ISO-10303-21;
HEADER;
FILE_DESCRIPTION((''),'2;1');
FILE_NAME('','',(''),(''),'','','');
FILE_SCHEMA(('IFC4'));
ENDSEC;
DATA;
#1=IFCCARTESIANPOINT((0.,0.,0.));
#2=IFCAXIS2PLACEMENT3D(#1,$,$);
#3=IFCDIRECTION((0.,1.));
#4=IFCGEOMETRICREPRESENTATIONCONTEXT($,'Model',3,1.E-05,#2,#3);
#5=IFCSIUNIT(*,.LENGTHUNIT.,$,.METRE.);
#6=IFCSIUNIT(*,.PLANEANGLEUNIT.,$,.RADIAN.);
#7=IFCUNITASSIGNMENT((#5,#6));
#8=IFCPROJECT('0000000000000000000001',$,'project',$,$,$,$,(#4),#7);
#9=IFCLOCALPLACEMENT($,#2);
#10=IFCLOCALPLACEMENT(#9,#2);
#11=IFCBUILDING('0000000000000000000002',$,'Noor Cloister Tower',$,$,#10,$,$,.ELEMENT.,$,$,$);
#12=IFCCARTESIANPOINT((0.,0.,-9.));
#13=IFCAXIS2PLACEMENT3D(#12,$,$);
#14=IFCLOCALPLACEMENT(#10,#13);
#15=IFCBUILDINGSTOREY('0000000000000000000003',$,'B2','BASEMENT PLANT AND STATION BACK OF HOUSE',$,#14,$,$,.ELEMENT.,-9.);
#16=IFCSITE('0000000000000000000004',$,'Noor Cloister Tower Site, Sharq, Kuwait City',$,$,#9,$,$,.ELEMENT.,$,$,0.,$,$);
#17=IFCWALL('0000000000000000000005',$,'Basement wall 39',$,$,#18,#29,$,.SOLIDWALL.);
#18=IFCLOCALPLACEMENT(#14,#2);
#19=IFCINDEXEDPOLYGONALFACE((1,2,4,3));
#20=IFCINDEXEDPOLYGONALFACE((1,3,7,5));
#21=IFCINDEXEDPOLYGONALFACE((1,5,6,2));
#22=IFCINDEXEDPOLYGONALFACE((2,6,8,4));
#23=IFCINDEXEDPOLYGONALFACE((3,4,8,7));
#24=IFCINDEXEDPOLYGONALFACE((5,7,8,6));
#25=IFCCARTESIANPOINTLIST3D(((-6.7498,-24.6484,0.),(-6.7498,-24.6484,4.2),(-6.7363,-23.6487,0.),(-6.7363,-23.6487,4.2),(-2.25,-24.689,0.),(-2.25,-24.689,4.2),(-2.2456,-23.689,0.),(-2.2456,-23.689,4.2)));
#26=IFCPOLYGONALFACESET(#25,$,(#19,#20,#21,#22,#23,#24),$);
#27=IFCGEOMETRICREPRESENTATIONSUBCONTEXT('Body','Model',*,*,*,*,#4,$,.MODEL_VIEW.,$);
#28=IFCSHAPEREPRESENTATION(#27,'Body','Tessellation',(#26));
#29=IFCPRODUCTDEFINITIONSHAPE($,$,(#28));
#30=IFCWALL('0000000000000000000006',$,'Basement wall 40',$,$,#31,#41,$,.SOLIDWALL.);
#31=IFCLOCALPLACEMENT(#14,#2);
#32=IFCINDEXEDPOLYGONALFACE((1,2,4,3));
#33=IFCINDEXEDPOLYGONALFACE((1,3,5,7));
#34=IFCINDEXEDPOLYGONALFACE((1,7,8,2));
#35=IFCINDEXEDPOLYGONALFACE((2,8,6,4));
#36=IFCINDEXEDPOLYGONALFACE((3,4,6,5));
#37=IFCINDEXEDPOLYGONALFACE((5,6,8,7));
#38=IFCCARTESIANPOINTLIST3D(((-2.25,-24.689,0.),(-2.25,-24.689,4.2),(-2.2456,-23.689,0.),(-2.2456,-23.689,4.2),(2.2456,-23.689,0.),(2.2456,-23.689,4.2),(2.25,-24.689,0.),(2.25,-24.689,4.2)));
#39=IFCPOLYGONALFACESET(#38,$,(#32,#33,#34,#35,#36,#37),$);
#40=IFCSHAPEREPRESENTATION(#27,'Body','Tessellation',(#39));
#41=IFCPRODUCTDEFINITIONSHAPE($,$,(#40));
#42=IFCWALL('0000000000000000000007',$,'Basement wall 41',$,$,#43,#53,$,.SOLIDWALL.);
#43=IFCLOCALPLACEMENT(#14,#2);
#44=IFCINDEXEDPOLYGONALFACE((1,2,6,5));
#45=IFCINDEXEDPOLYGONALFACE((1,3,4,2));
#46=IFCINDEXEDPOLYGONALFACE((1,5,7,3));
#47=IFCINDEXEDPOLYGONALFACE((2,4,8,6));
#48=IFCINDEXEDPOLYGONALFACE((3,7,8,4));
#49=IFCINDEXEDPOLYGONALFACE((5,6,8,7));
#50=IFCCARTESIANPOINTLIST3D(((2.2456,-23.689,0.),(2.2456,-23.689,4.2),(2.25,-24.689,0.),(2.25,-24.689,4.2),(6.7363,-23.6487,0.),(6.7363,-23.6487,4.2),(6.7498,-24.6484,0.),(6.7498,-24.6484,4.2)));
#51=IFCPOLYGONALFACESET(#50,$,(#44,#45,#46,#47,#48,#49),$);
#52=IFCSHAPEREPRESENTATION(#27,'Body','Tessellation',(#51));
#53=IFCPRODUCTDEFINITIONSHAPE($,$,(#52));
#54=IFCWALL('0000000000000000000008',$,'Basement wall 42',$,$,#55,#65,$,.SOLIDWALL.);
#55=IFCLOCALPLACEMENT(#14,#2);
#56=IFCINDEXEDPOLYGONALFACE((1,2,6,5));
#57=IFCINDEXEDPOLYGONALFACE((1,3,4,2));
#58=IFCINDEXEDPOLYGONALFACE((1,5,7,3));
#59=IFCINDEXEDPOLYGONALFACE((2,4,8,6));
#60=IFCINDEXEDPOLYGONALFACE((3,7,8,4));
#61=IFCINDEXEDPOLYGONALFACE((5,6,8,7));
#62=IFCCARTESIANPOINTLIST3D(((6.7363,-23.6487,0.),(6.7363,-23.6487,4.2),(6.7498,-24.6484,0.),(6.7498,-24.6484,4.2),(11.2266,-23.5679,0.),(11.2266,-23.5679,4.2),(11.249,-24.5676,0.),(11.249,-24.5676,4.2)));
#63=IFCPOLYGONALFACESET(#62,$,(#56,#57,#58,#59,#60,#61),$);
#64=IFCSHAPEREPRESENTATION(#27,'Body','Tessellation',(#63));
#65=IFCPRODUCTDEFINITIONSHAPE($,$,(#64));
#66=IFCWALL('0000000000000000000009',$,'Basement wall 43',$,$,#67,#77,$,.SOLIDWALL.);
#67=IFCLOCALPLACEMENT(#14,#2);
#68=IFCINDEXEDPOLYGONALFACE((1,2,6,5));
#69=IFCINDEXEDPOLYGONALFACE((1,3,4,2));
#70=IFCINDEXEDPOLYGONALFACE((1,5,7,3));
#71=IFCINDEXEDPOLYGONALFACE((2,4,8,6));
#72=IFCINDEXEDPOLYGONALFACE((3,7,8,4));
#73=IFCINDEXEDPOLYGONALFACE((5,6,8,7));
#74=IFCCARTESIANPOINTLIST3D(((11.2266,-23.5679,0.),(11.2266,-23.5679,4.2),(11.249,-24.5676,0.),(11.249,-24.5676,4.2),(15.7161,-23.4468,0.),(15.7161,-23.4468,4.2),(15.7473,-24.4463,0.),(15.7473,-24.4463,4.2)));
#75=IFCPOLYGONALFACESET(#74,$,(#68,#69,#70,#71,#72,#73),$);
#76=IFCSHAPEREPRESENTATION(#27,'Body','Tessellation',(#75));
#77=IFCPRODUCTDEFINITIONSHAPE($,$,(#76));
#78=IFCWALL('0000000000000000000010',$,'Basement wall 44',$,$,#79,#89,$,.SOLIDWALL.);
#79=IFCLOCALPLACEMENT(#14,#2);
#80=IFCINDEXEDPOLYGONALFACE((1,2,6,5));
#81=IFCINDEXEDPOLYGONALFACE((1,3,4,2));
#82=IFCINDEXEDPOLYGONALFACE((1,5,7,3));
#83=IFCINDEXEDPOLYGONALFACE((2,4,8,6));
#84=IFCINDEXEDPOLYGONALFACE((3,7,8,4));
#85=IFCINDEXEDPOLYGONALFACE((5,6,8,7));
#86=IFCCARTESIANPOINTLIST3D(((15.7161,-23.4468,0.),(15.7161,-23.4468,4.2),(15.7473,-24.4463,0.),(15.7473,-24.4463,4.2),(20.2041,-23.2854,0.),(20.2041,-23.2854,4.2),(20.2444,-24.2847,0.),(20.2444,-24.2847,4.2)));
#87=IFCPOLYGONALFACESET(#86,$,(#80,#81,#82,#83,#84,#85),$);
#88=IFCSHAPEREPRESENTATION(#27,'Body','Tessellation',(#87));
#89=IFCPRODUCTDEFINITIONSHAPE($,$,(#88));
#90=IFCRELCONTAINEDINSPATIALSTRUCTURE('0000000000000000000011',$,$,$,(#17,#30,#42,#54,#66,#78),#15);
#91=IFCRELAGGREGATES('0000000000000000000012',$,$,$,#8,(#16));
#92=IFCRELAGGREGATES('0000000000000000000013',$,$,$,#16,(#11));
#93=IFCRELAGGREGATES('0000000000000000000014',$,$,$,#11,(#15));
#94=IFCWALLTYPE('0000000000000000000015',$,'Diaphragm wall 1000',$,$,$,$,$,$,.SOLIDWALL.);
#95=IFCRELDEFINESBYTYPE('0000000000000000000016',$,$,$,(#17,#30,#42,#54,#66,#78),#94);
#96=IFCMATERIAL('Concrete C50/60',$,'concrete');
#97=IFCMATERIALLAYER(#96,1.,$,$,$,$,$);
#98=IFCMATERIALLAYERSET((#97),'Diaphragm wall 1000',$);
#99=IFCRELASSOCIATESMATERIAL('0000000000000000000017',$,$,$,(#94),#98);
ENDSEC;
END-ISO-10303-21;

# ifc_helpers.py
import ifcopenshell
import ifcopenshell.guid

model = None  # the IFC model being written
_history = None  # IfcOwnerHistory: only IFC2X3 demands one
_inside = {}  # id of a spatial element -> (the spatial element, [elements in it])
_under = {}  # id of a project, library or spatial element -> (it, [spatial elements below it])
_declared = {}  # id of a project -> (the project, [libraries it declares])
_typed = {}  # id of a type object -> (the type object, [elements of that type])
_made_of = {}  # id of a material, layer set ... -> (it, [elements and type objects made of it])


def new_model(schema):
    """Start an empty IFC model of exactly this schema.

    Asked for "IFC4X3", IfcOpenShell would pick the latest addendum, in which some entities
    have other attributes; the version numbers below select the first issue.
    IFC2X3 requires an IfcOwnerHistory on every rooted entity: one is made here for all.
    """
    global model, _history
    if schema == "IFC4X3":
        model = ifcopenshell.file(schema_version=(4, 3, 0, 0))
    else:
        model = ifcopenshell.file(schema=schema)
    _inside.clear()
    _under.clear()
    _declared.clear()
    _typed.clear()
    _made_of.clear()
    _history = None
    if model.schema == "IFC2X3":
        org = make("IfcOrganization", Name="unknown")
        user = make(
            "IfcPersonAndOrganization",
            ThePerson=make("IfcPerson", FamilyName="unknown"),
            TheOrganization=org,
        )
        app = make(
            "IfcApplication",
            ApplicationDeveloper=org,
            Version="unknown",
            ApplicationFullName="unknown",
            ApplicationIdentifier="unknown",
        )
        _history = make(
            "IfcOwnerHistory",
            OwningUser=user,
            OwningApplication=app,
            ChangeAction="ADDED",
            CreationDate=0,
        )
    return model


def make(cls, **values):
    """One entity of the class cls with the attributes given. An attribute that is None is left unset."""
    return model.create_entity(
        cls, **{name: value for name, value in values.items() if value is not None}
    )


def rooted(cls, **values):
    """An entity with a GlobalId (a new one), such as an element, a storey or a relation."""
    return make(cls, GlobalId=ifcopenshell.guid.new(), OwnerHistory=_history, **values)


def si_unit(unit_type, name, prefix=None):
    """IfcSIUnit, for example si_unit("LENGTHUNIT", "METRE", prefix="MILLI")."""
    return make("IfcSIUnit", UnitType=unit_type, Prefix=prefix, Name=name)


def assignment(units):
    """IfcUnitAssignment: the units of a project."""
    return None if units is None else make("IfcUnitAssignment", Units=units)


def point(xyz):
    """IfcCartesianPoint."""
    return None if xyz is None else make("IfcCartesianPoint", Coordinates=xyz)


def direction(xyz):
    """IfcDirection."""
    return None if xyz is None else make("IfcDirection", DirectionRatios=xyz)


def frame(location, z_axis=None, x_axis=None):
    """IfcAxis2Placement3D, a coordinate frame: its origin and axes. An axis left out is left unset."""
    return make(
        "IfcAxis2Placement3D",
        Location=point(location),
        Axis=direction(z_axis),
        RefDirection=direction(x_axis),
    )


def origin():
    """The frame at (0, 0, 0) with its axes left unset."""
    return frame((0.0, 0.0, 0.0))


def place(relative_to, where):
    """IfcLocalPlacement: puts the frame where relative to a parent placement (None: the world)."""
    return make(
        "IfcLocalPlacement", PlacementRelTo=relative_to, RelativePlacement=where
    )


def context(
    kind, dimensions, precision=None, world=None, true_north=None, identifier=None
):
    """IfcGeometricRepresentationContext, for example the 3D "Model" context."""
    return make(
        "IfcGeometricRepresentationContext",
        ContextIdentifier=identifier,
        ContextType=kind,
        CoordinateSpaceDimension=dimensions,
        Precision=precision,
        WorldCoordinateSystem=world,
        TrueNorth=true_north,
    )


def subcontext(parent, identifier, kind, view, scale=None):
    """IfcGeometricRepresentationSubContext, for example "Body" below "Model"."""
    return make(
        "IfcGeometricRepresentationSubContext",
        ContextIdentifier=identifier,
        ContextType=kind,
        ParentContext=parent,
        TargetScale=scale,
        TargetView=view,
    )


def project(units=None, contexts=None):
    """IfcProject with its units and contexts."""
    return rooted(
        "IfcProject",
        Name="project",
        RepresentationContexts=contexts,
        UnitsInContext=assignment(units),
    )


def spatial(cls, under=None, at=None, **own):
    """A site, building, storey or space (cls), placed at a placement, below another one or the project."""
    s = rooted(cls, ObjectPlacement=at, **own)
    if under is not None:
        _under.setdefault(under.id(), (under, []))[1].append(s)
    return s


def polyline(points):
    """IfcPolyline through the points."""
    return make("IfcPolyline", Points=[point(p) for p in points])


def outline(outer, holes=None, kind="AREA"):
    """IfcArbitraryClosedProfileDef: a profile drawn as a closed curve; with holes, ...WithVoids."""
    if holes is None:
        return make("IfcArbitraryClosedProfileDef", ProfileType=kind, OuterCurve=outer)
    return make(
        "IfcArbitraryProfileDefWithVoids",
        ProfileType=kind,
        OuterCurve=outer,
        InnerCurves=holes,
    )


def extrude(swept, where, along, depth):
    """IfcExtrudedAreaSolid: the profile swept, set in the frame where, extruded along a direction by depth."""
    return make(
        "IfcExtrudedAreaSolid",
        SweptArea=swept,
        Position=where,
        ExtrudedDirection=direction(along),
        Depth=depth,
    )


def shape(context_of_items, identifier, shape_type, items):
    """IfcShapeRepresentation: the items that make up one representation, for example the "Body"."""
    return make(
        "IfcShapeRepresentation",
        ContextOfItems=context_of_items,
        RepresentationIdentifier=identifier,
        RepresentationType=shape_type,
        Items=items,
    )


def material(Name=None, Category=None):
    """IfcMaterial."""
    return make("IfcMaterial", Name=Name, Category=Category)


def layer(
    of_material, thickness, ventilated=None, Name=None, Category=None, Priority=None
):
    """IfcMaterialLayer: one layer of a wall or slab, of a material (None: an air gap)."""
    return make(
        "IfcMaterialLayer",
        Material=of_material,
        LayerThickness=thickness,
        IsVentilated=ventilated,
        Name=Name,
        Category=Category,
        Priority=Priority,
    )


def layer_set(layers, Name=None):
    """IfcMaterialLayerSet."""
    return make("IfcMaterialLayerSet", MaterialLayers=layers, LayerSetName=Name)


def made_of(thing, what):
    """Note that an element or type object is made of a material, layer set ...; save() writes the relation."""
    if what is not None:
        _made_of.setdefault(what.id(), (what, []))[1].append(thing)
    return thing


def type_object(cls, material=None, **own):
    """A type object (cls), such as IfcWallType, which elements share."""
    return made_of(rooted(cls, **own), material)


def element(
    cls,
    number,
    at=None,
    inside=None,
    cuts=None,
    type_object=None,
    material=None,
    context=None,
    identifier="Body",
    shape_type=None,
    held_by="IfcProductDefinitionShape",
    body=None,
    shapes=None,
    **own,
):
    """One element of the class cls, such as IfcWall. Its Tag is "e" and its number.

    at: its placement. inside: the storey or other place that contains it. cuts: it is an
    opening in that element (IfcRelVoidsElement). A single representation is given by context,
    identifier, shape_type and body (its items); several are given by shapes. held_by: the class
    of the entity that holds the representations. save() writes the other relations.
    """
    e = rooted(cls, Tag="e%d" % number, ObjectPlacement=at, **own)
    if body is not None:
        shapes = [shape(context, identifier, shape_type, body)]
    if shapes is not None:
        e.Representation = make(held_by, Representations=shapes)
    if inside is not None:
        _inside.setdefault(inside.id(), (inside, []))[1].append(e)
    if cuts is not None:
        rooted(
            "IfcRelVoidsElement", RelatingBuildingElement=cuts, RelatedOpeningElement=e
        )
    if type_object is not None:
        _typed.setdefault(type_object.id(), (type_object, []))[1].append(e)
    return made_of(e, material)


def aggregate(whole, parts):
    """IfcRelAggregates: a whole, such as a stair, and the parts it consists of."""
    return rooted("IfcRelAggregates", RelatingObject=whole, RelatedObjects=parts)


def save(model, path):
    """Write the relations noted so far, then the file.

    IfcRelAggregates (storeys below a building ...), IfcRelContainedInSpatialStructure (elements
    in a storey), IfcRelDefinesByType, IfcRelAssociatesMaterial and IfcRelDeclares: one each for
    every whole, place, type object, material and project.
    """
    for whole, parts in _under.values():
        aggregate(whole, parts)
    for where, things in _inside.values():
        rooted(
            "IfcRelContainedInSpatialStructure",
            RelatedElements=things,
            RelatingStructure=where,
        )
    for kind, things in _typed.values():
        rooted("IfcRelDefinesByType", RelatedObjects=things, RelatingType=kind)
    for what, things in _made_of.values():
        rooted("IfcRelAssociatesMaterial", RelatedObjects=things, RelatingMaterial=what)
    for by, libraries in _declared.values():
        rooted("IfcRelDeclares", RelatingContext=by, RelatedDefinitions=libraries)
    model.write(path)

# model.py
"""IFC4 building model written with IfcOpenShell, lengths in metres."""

from ifc_helpers import new_model, si_unit, direction, frame, origin, place, context, subcontext, project, spatial, polyline, outline, extrude, material, layer, layer_set, type_object, element, save


model = new_model("IFC4")

# Units and contexts
model_context = context("Model", 3, precision=1e-05, world=origin(), true_north=direction((0.0, 1.0)))
body_context = subcontext(model_context, "Body", "Model", "MODEL_VIEW")
ifc_project = project(units=[si_unit("LENGTHUNIT", "METRE"), si_unit("PLANEANGLEUNIT", "RADIAN")], contexts=[model_context])

# Site, building, storey
site_placement = place(None, origin())
site = spatial("IfcSite", under=ifc_project, at=site_placement, Name="Noor Cloister Tower Site, Sharq, Kuwait City", CompositionType="ELEMENT", RefElevation=0.0)
building_placement = place(site_placement, origin())
building = spatial("IfcBuilding", under=site, at=building_placement, Name="Noor Cloister Tower", CompositionType="ELEMENT")
storey_placement = place(building_placement, frame((0.0, 0.0, -9.0)))
storey = spatial("IfcBuildingStorey", under=building, at=storey_placement, Name="B2", Description="BASEMENT PLANT AND STATION BACK OF HOUSE", CompositionType="ELEMENT", Elevation=-9.0)

# Walls
ifc_material_1 = material(Name="Concrete C50/60", Category="concrete")
ifc_layer = layer(ifc_material_1, 1.0)
ifc_layer_set = layer_set([ifc_layer], Name="Diaphragm wall 1000")
wall_type = type_object("IfcWallType", Name="Diaphragm wall 1000", PredefinedType="SOLIDWALL", material=ifc_layer_set)
wall_1_placement = place(storey_placement, origin())
element("IfcWall", 1, at=wall_1_placement, inside=storey, type_object=wall_type, Name="Basement wall 39", PredefinedType="SOLIDWALL", context=body_context, shape_type="SweptSolid", body=[
    extrude(outline(polyline([(-6.7498, -24.6484), (-2.25, -24.689), (-2.2456, -23.689), (-6.7363, -23.6487), (-6.7498, -24.6484)])), origin(), (0.0, 0.0, 1.0), 4.2),
])
wall_2_placement = place(storey_placement, origin())
element("IfcWall", 2, at=wall_2_placement, inside=storey, type_object=wall_type, Name="Basement wall 40", PredefinedType="SOLIDWALL", context=body_context, shape_type="SweptSolid", body=[
    extrude(outline(polyline([(-2.25, -24.689), (2.25, -24.689), (2.2456, -23.689), (-2.2456, -23.689), (-2.25, -24.689)])), origin(), (0.0, 0.0, 1.0), 4.2),
])
wall_3_placement = place(storey_placement, origin())
element("IfcWall", 3, at=wall_3_placement, inside=storey, type_object=wall_type, Name="Basement wall 41", PredefinedType="SOLIDWALL", context=body_context, shape_type="SweptSolid", body=[
    extrude(outline(polyline([(2.25, -24.689), (6.7498, -24.6484), (6.7363, -23.6487), (2.2456, -23.689), (2.25, -24.689)])), origin(), (0.0, 0.0, 1.0), 4.2),
])
wall_4_placement = place(storey_placement, origin())
element("IfcWall", 4, at=wall_4_placement, inside=storey, type_object=wall_type, Name="Basement wall 42", PredefinedType="SOLIDWALL", context=body_context, shape_type="SweptSolid", body=[
    extrude(outline(polyline([(6.7498, -24.6484), (11.249, -24.5676), (11.2266, -23.5679), (6.7363, -23.6487), (6.7498, -24.6484)])), origin(), (0.0, 0.0, 1.0), 4.2),
])
wall_5_placement = place(storey_placement, origin())
element("IfcWall", 5, at=wall_5_placement, inside=storey, type_object=wall_type, Name="Basement wall 43", PredefinedType="SOLIDWALL", context=body_context, shape_type="SweptSolid", body=[
    extrude(outline(polyline([(11.249, -24.5676), (15.7473, -24.4463), (15.7161, -23.4468), (11.2266, -23.5679), (11.249, -24.5676)])), origin(), (0.0, 0.0, 1.0), 4.2),
])
wall_6_placement = place(storey_placement, origin())
element("IfcWall", 6, at=wall_6_placement, inside=storey, type_object=wall_type, Name="Basement wall 44", PredefinedType="SOLIDWALL", context=body_context, shape_type="SweptSolid", body=[
    extrude(outline(polyline([(15.7473, -24.4463), (20.2444, -24.2847), (20.2041, -23.2854), (15.7161, -23.4468), (15.7473, -24.4463)])), origin(), (0.0, 0.0, 1.0), 4.2),
])

save(model, "model.ifc")
